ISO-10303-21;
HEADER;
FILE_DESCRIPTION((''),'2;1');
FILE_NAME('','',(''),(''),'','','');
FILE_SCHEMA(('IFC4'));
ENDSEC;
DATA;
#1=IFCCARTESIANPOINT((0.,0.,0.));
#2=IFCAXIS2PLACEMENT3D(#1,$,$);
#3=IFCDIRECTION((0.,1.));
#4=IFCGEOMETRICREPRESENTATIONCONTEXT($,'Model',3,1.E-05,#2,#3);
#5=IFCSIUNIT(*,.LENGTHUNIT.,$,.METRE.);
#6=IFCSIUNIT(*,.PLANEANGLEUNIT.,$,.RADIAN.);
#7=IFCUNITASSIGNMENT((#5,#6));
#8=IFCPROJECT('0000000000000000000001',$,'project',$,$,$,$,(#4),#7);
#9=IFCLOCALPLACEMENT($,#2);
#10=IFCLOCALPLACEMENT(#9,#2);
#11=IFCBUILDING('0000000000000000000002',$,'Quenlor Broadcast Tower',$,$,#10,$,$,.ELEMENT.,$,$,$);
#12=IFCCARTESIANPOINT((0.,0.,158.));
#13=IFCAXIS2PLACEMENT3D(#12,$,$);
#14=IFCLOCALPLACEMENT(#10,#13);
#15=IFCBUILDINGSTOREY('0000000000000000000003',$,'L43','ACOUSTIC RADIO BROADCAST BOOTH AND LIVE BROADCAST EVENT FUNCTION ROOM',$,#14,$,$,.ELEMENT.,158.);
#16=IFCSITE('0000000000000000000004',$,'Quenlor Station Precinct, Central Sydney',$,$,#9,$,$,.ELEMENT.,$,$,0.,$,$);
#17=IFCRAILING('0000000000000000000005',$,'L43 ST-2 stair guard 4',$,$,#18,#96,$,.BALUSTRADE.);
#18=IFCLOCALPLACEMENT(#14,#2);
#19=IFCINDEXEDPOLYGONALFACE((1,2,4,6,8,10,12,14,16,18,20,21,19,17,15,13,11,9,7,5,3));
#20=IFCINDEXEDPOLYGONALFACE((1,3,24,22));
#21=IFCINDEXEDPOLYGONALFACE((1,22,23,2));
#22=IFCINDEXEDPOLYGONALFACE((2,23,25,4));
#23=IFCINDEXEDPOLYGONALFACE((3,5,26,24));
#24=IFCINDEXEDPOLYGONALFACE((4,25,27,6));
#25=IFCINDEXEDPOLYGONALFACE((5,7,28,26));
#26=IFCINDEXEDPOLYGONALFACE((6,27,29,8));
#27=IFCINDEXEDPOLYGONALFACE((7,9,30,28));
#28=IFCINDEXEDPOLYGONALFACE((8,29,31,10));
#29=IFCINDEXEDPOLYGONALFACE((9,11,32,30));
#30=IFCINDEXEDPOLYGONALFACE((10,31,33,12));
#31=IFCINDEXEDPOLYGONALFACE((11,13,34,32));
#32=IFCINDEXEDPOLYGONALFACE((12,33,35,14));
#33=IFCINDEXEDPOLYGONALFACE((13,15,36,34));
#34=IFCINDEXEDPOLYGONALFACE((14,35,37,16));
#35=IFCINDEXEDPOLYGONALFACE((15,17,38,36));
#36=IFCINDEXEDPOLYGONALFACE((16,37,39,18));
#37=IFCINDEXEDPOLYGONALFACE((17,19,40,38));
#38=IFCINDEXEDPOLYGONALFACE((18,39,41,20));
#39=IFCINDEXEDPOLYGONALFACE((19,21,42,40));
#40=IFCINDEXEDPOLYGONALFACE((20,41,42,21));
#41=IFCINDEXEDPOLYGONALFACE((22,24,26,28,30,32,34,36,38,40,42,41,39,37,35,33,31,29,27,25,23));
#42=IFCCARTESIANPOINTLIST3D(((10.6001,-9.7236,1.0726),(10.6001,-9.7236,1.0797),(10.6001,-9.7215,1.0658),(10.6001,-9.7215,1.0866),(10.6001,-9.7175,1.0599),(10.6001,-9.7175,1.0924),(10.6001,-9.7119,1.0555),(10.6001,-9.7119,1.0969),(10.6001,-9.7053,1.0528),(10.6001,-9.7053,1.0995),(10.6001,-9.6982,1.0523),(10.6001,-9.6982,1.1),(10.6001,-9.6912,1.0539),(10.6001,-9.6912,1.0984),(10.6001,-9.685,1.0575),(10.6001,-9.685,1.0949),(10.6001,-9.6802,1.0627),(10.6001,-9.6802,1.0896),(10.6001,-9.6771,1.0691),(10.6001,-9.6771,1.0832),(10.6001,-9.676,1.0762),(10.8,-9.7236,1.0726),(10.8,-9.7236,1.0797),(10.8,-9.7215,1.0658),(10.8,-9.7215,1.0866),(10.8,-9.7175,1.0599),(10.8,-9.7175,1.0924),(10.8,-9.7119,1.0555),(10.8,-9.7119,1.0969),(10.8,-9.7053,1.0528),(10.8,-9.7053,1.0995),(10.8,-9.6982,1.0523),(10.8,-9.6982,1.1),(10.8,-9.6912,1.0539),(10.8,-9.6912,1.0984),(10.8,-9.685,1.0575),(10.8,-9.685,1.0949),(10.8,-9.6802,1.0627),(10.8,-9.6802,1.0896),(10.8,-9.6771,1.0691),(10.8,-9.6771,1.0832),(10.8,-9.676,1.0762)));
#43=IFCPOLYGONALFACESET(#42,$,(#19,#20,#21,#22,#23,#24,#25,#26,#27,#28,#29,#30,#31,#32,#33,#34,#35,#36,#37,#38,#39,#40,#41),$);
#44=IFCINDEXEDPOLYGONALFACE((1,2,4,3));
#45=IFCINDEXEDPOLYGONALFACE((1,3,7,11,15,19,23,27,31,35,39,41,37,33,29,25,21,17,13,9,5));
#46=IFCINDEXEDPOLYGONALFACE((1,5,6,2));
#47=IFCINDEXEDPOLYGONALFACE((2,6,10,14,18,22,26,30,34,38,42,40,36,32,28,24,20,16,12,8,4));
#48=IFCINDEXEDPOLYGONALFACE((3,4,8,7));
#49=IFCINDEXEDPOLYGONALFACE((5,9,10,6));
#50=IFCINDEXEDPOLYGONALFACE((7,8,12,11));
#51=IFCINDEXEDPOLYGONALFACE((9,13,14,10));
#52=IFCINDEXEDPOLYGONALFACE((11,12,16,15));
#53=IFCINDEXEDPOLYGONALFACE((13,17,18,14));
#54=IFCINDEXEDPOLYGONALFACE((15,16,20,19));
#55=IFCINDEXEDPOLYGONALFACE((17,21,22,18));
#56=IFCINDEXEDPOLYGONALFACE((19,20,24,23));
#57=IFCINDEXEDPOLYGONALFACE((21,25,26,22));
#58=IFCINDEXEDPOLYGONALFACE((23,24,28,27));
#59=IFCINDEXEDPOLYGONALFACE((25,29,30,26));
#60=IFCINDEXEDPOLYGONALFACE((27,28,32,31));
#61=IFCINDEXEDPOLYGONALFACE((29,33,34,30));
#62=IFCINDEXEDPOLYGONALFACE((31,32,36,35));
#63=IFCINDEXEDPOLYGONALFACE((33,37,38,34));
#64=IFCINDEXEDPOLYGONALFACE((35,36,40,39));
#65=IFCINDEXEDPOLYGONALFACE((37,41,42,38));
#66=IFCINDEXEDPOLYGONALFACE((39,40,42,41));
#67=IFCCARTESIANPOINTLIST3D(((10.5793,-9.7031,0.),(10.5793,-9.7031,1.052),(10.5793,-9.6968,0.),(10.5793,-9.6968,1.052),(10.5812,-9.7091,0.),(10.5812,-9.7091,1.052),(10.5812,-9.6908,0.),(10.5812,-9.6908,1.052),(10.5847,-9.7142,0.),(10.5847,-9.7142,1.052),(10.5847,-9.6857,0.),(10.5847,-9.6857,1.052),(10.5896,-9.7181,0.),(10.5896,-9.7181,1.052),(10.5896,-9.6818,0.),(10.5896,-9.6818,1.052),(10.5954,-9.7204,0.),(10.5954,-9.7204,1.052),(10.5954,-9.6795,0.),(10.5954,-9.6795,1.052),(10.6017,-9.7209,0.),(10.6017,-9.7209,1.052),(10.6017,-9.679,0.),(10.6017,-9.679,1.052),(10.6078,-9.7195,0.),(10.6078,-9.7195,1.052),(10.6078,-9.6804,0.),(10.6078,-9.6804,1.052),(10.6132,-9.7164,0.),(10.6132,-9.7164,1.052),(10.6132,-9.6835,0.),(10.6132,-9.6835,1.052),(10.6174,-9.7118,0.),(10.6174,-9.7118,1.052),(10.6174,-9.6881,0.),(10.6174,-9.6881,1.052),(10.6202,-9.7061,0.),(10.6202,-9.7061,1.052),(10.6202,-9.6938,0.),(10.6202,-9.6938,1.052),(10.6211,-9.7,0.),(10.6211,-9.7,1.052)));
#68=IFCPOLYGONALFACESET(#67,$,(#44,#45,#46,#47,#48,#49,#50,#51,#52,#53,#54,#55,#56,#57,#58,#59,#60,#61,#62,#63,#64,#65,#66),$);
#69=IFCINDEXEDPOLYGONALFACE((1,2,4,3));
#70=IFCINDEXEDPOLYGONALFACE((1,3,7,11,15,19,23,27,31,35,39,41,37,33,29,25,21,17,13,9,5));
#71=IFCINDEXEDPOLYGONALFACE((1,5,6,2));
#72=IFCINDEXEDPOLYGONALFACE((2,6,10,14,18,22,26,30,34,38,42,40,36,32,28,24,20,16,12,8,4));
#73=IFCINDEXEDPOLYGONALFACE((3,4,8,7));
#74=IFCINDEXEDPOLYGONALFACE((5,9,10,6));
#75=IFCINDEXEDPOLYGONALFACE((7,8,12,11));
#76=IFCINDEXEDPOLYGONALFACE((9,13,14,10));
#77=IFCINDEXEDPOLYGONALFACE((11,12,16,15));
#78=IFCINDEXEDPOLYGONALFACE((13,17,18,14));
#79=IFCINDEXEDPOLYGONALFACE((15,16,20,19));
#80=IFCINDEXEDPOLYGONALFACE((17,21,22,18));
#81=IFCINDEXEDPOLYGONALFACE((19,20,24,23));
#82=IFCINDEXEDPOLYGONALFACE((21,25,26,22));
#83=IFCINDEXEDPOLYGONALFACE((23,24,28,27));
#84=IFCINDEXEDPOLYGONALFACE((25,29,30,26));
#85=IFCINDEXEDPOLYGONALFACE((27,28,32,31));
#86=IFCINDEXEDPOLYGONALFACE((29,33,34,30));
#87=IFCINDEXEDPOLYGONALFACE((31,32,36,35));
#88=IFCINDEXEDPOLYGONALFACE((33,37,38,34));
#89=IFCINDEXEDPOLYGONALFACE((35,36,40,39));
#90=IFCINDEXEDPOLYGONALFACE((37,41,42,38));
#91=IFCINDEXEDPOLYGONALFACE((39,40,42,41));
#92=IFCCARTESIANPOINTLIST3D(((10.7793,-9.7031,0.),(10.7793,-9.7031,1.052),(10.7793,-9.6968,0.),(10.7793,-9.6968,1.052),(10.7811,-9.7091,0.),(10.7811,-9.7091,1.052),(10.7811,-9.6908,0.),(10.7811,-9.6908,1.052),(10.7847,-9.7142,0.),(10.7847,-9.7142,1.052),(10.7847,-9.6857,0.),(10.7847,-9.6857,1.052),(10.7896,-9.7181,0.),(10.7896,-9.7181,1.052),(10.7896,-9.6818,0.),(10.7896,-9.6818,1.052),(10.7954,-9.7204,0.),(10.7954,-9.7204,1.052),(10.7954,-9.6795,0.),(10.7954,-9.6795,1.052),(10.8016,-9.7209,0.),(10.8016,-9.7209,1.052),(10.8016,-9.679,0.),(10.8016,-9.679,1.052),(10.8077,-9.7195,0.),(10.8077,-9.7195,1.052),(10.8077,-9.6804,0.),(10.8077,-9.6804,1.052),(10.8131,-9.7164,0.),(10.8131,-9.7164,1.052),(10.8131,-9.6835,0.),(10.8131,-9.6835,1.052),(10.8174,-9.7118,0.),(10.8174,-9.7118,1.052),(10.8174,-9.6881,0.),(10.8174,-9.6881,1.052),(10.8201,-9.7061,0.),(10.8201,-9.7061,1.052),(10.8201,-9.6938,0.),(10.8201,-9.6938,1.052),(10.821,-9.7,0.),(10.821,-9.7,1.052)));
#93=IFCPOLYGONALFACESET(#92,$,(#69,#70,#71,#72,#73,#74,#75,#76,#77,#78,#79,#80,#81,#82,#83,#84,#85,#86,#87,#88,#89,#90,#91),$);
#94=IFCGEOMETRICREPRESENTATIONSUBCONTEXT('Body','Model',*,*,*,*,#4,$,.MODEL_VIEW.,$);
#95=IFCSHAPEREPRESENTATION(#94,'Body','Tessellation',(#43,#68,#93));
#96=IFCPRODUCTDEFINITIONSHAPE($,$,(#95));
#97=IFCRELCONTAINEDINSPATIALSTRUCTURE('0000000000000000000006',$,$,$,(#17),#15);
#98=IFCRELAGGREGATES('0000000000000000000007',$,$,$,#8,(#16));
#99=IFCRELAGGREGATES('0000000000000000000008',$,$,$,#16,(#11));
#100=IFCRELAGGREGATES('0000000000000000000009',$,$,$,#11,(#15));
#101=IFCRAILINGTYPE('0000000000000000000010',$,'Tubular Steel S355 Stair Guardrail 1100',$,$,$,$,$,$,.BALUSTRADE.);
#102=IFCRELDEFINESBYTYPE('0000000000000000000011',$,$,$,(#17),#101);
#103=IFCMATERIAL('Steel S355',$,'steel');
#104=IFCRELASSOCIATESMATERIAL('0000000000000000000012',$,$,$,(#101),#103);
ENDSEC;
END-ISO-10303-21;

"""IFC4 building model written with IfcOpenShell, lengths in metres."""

from ifc_helpers import new_model, si_unit, direction, frame, origin, origin_2d, place, context, subcontext, project, spatial, circle, extrude, material, type_object, element, save


model = new_model("IFC4")

# Units and contexts
model_context = context("Model", 3, precision=1e-05, world=origin(), true_north=direction((0.0, 1.0)))
body_context = subcontext(model_context, "Body", "Model", "MODEL_VIEW")
ifc_project = project(units=[si_unit("LENGTHUNIT", "METRE"), si_unit("PLANEANGLEUNIT", "RADIAN")], contexts=[model_context])

# Site, building, storey
site_placement = place(None, origin())
site = spatial("IfcSite", under=ifc_project, at=site_placement, Name="Quenlor Station Precinct, Central Sydney", CompositionType="ELEMENT", RefElevation=0.0)
building_placement = place(site_placement, origin())
building = spatial("IfcBuilding", under=site, at=building_placement, Name="Quenlor Broadcast Tower", CompositionType="ELEMENT")
storey_placement = place(building_placement, frame((0.0, 0.0, 158.0)))
storey = spatial("IfcBuildingStorey", under=building, at=storey_placement, Name="L43", Description="ACOUSTIC RADIO BROADCAST BOOTH AND LIVE BROADCAST EVENT FUNCTION ROOM", CompositionType="ELEMENT", Elevation=158.0)

# Railing
ifc_material_1 = material(Name="Steel S355", Category="steel")
railing_type_1 = type_object("IfcRailingType", Name="Tubular Steel S355 Stair Guardrail 1100", PredefinedType="BALUSTRADE", material=ifc_material_1)
railing_1_placement = place(storey_placement, frame((10.6001, -9.7, 0.0)))
element("IfcRailing", 1, at=railing_1_placement, inside=storey, type_object=railing_type_1, Name="L43 ST-2 stair guard 4", PredefinedType="BALUSTRADE", context=body_context, shape_type="SweptSolid", body=[
    extrude(circle(Radius=0.0239, at=origin_2d()), frame((0.0, 0.0, 1.0762), z_axis=(1.0, 0.0, 0.0), x_axis=(0.0, 1.0, 0.0)), (0.0, 0.0, 1.0), 0.2),
    extrude(circle(Radius=0.021, at=origin_2d()), origin(), (0.0, 0.0, 1.0), 1.052),
    extrude(circle(Radius=0.021, at=origin_2d()), frame((0.2, 0.0, 0.0)), (0.0, 0.0, 1.0), 1.052),
])

save(model, "model.ifc")
